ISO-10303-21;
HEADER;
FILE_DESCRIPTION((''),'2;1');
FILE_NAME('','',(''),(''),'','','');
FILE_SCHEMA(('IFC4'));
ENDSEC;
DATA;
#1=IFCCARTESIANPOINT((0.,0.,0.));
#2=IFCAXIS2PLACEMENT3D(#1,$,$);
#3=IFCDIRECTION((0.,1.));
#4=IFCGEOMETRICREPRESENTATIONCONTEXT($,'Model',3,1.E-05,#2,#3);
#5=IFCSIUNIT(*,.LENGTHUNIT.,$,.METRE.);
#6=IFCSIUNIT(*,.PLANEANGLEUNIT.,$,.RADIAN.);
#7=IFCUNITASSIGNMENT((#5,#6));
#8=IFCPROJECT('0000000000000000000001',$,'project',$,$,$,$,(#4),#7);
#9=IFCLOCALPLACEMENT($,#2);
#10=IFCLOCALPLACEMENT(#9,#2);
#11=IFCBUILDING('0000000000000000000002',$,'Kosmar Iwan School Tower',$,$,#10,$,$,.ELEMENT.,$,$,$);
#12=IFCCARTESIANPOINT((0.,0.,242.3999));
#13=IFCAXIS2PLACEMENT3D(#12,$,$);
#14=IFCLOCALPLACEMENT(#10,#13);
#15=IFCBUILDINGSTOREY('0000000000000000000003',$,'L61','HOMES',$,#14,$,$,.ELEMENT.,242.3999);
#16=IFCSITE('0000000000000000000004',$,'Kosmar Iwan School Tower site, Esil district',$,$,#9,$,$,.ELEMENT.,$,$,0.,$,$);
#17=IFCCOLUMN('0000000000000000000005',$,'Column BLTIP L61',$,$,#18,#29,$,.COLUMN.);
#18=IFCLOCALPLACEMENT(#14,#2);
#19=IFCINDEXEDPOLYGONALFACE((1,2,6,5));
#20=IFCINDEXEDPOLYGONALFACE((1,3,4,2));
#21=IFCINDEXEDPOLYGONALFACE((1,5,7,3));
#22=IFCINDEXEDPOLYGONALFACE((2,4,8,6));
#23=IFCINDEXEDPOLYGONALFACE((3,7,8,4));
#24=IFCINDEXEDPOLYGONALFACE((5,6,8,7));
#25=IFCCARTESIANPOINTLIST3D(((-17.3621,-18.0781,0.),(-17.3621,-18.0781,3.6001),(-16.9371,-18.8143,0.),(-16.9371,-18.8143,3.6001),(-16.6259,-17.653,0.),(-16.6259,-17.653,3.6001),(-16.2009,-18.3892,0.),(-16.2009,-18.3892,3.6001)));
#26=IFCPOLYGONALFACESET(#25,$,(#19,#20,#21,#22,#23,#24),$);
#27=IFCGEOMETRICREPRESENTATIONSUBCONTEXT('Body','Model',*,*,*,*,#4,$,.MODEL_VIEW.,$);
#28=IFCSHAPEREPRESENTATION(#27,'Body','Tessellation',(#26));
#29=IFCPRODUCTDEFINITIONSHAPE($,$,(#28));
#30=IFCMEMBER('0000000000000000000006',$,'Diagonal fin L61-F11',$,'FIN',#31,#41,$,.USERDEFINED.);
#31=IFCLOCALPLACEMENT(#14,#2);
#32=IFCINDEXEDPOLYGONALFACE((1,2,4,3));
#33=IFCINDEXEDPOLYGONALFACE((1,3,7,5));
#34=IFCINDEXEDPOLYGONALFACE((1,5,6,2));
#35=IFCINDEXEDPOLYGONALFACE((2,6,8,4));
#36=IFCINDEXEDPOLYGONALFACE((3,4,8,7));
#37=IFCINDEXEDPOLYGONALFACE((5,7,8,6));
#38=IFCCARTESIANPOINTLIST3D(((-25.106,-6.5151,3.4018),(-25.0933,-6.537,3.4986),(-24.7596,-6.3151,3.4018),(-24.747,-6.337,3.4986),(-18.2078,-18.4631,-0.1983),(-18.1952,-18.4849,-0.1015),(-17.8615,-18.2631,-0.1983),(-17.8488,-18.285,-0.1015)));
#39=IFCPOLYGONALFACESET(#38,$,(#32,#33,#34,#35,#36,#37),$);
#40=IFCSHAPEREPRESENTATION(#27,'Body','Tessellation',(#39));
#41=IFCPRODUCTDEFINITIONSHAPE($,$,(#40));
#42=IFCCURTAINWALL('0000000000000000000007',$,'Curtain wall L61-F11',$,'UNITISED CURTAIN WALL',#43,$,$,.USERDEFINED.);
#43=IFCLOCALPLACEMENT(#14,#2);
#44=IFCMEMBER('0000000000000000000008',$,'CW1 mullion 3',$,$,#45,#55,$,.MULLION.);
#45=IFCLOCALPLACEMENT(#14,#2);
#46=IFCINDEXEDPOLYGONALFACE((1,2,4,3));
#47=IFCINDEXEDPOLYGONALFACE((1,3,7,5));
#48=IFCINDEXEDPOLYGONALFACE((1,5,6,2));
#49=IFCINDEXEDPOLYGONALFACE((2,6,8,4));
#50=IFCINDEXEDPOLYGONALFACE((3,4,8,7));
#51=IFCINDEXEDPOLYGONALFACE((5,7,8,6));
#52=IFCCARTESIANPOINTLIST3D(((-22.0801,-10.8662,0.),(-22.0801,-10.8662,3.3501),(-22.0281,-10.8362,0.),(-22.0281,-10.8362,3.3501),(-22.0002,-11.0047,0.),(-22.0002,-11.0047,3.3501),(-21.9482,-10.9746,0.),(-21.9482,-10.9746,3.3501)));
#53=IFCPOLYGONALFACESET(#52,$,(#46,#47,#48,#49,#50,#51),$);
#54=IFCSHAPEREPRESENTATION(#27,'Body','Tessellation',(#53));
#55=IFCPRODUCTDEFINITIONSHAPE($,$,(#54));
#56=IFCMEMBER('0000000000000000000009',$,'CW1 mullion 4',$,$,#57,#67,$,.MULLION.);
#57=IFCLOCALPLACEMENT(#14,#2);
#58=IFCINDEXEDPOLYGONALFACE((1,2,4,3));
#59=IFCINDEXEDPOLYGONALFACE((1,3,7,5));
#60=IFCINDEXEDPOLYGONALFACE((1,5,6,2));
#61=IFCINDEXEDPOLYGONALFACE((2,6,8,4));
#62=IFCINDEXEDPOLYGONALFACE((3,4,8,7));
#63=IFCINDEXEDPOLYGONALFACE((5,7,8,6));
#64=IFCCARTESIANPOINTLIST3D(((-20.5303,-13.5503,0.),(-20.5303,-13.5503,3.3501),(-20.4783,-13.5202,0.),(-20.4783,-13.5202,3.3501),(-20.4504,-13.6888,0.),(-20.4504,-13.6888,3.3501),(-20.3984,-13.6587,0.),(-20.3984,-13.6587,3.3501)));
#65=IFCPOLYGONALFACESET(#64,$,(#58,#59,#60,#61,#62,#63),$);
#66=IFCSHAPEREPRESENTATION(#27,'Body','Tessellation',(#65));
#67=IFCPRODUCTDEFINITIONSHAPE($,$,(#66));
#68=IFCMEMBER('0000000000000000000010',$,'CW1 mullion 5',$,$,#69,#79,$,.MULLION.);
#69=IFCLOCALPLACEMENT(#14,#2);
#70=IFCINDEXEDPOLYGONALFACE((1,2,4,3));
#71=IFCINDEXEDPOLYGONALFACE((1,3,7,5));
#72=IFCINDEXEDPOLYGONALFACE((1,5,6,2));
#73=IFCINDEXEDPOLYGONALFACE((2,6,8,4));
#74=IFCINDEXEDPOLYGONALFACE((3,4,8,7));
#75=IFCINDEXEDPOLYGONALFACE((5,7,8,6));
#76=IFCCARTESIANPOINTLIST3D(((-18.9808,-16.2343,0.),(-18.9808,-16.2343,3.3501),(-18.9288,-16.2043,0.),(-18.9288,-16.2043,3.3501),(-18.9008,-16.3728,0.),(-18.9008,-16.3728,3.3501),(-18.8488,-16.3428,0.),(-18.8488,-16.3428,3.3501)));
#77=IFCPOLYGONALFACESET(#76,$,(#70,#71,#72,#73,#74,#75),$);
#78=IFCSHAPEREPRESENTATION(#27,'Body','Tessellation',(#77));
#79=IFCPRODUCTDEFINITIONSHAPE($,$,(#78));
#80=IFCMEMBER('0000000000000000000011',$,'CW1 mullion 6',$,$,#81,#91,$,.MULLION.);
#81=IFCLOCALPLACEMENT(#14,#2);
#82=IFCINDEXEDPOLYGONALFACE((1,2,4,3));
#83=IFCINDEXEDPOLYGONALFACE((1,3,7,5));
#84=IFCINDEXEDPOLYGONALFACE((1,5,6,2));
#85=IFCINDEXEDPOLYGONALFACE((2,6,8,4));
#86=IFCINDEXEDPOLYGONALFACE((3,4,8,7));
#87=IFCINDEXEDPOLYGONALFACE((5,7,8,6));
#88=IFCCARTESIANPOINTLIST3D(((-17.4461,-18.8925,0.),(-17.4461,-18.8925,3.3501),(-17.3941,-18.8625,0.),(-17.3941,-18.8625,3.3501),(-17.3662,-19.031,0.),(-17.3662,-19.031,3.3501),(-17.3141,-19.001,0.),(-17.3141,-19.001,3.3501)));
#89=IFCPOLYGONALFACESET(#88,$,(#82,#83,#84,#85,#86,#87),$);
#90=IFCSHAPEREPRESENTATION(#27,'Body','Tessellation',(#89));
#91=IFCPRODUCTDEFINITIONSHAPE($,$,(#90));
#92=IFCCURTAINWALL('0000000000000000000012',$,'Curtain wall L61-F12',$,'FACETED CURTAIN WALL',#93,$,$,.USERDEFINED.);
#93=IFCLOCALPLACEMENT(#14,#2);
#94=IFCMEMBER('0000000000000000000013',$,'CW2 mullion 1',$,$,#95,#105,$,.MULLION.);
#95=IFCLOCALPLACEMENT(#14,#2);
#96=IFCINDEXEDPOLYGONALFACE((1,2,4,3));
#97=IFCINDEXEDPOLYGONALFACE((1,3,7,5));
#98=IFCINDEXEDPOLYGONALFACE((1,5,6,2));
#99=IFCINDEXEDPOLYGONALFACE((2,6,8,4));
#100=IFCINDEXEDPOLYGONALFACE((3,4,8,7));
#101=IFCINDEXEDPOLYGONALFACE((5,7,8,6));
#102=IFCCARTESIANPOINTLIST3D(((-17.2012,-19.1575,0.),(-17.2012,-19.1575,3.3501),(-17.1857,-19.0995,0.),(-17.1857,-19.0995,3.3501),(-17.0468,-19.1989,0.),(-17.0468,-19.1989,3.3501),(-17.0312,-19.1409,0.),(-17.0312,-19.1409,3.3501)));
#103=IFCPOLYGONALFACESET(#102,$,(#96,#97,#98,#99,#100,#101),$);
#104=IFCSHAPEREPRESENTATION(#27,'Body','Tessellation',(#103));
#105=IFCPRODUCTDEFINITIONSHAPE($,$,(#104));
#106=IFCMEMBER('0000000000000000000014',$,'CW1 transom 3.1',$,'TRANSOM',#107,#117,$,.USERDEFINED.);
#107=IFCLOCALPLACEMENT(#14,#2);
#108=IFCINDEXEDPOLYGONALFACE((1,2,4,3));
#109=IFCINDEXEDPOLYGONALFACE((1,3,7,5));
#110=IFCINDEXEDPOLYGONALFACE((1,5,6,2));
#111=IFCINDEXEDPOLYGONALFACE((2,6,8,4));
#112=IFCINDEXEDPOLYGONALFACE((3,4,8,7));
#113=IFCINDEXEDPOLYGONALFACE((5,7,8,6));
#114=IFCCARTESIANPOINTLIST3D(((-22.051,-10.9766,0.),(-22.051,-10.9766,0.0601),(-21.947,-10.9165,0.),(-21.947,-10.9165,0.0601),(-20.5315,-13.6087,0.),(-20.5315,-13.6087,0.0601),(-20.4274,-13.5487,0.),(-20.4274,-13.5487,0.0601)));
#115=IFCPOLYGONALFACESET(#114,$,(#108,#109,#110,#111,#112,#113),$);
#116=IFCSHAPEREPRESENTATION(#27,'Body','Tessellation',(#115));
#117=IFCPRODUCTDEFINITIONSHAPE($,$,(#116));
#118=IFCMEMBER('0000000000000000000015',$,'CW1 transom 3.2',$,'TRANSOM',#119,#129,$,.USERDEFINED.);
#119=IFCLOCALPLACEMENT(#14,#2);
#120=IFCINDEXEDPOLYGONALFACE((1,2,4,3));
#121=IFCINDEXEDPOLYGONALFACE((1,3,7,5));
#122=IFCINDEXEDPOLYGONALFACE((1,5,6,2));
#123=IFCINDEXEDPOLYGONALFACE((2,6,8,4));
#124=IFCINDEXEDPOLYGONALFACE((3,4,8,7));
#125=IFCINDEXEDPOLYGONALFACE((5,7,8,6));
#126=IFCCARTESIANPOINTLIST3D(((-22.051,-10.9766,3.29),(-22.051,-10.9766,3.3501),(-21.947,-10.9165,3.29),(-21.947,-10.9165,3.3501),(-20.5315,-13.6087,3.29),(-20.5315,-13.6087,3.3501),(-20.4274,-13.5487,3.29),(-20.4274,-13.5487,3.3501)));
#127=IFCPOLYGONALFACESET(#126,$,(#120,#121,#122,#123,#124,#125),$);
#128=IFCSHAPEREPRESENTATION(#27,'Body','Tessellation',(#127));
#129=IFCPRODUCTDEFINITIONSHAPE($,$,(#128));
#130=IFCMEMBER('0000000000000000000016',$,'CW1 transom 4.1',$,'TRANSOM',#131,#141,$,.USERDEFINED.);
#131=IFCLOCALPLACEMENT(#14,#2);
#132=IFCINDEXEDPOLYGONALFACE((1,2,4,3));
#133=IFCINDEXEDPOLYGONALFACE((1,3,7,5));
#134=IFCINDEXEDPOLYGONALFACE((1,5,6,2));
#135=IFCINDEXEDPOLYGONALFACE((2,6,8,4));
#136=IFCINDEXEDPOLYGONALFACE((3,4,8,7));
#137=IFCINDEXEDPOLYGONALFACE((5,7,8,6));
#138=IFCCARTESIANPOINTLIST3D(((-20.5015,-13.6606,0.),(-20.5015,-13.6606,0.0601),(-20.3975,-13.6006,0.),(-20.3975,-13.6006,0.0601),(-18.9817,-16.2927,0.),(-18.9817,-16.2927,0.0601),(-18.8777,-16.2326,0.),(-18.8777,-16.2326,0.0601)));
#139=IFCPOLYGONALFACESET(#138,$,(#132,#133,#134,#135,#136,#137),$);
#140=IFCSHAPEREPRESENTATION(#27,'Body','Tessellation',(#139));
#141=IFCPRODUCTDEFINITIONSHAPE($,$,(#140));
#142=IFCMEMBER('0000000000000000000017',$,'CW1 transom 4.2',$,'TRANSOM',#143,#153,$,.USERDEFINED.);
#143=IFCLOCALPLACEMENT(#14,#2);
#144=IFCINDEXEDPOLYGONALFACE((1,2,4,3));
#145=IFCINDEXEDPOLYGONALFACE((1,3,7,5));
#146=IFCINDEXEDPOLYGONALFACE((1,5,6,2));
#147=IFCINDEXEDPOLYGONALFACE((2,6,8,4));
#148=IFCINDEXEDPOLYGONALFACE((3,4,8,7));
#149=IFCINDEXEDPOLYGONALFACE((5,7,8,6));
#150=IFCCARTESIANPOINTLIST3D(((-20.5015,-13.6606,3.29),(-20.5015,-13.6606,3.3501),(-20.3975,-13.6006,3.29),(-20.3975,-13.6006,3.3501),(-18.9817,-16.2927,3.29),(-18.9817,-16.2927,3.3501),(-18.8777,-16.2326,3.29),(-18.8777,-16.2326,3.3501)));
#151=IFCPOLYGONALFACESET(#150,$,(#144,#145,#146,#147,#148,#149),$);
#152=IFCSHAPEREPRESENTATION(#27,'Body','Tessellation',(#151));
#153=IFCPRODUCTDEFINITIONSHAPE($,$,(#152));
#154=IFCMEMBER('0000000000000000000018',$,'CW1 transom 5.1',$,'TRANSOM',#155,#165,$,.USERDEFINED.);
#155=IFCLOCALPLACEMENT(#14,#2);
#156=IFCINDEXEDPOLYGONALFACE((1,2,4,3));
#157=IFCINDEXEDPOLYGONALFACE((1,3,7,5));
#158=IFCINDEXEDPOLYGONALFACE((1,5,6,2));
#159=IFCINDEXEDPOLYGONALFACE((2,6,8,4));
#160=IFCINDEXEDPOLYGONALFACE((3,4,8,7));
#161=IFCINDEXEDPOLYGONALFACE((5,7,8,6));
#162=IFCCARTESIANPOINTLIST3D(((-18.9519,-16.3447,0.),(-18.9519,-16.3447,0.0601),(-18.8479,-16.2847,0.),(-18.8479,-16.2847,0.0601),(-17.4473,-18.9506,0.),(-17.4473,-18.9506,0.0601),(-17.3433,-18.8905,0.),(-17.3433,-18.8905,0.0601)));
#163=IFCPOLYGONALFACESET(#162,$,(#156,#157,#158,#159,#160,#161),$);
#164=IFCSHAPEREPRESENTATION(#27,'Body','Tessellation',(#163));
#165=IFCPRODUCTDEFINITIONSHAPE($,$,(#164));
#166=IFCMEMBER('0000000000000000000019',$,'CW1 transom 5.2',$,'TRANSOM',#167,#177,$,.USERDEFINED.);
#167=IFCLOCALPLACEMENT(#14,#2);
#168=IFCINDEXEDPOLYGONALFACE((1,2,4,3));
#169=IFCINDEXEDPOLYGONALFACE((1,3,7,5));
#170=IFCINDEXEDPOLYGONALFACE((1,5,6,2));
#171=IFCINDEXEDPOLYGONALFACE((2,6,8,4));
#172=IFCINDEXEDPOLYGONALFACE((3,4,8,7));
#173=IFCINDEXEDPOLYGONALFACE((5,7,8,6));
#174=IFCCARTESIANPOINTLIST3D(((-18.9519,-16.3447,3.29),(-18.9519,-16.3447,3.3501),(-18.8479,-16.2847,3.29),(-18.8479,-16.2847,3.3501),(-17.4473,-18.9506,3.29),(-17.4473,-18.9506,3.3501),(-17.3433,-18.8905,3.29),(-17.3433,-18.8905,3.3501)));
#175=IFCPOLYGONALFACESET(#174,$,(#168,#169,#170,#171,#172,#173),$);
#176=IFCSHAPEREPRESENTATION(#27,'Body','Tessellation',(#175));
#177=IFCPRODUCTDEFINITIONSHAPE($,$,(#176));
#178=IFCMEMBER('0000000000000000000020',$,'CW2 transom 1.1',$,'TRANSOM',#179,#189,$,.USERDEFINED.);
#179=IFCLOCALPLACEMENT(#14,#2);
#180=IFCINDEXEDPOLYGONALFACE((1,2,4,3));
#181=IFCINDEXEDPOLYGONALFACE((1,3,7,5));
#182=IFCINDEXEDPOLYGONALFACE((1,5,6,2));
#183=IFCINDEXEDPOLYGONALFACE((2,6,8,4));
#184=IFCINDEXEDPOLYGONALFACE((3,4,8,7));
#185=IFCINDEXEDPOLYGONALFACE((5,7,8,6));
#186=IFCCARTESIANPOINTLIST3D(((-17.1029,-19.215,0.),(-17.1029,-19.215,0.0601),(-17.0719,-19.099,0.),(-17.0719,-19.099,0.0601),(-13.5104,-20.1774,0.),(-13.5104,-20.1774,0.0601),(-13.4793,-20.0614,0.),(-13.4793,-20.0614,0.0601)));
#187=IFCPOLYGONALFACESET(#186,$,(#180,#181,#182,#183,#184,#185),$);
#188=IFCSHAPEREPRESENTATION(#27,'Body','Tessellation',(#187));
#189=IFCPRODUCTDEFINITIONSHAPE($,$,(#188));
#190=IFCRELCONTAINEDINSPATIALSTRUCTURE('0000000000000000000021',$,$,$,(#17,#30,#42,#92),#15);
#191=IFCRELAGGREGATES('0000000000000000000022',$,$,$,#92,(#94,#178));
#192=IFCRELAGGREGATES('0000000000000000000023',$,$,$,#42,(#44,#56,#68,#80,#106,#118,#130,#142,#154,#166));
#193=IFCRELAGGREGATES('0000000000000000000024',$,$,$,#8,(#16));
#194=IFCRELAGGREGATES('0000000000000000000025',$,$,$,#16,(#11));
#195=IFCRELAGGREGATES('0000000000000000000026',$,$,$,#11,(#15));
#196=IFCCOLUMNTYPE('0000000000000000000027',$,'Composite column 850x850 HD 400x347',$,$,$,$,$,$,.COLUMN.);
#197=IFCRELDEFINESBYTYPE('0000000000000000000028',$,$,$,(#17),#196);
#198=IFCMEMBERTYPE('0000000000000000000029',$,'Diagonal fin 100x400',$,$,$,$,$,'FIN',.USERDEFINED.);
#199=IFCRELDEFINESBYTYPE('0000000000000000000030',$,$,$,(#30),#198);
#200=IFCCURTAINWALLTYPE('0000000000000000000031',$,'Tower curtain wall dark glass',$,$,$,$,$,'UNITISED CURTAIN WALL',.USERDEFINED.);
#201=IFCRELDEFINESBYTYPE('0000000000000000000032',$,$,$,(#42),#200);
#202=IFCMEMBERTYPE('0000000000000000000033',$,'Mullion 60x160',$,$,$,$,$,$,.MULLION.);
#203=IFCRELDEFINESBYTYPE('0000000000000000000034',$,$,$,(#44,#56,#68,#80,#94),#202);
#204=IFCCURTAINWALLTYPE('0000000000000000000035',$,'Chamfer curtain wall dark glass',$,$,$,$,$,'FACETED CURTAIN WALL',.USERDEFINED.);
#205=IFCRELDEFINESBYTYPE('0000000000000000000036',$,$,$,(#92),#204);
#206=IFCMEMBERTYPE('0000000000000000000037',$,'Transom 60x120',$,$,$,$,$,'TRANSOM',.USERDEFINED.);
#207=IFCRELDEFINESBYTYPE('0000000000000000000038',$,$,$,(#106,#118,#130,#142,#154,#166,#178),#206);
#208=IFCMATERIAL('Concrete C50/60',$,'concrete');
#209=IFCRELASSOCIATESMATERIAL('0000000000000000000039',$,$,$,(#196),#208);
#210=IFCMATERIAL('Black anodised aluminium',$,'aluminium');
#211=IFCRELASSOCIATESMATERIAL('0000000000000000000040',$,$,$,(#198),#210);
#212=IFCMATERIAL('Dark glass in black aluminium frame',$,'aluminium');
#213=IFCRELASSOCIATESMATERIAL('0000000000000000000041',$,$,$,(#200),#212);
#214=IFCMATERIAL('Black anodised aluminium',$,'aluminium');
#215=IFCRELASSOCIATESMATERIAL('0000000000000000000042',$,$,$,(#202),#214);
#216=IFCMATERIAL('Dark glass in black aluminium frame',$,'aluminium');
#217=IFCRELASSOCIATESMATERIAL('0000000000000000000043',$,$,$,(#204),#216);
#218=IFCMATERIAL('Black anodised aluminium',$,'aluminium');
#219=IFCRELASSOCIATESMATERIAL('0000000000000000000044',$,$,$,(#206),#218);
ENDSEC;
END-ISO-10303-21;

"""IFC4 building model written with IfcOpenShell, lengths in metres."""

from ifc_helpers import new_model, si_unit, direction, frame, origin, origin_2d, place, context, subcontext, project, spatial, rectangle, extrude, material, material_profile, profile_set, type_object, element, aggregate, save


model = new_model("IFC4")

# Units and contexts
model_context = context("Model", 3, precision=1e-05, world=origin(), true_north=direction((0.0, 1.0)))
body_context = subcontext(model_context, "Body", "Model", "MODEL_VIEW")
ifc_project = project(units=[si_unit("LENGTHUNIT", "METRE"), si_unit("PLANEANGLEUNIT", "RADIAN")], contexts=[model_context])

# Site, building, storey
site_placement = place(None, origin())
site = spatial("IfcSite", under=ifc_project, at=site_placement, Name="Kosmar Iwan School Tower site, Esil district", CompositionType="ELEMENT", RefElevation=0.0)
building_placement = place(site_placement, origin())
building = spatial("IfcBuilding", under=site, at=building_placement, Name="Kosmar Iwan School Tower", CompositionType="ELEMENT")
storey_placement = place(building_placement, frame((0.0, 0.0, 242.3999)))
storey = spatial("IfcBuildingStorey", under=building, at=storey_placement, Name="L61", Description="HOMES", CompositionType="ELEMENT", Elevation=242.3999)

# Column
ifc_material_1 = material(Name="Concrete C50/60", Category="concrete")
ifc_material_profile_1 = material_profile(ifc_material_1, rectangle(XDim=0.8501, YDim=0.8501, at=origin_2d()), Name="RC 850x850 + HD 400x347")
ifc_profile_set_1 = profile_set([ifc_material_profile_1], Name="Concrete C50/60")
column_type = type_object("IfcColumnType", Name="Composite column 850x850 HD 400x347", PredefinedType="COLUMN", material=ifc_profile_set_1)
column_placement = place(storey_placement, frame((-16.7815, -18.2336, 0.0), z_axis=(0.0, 0.0, 1.0), x_axis=(-0.866025, -0.5, 0.0)))
element("IfcColumn", 1, at=column_placement, inside=storey, type_object=column_type, Name="Column BLTIP L61", PredefinedType="COLUMN", context=body_context, shape_type="SweptSolid", body=[
    extrude(rectangle(XDim=0.8501, YDim=0.8501, at=origin_2d()), origin(), (0.0, 0.0, 1.0), 3.6001),
])

# Member
ifc_material_2 = material(Name="Black anodised aluminium", Category="aluminium")
ifc_material_profile_2 = material_profile(ifc_material_2, rectangle(XDim=0.1001, YDim=0.3999, at=origin_2d()), Name="FIN 100x400")
ifc_profile_set_2 = profile_set([ifc_material_profile_2], Name="Black anodised aluminium")
member_type_1 = type_object("IfcMemberType", Name="Diagonal fin 100x400", ElementType="FIN", PredefinedType="USERDEFINED", material=ifc_profile_set_2)
member_1_placement = place(storey_placement, frame((-18.0283, -18.374, -0.1499), z_axis=(-0.4838, 0.837965, 0.252491), x_axis=(0.126245, -0.218663, 0.967599)))
element("IfcMember", 2, at=member_1_placement, inside=storey, type_object=member_type_1, Name="Diagonal fin L61-F11", ObjectType="FIN", PredefinedType="USERDEFINED", context=body_context, shape_type="SweptSolid", body=[
    extrude(rectangle(XDim=0.1001, YDim=0.3999, at=origin_2d()), origin(), (0.0, 0.0, 1.0), 14.2583),
])

# Curtain wall, members
ifc_material_3 = material(Name="Dark glass in black aluminium frame", Category="aluminium")
curtain_wall_type_1 = type_object("IfcCurtainWallType", Name="Tower curtain wall dark glass", ElementType="UNITISED CURTAIN WALL", PredefinedType="USERDEFINED", material=ifc_material_3)
curtain_wall_1_placement = place(storey_placement, origin())
curtain_wall_1 = element("IfcCurtainWall", 3, at=curtain_wall_1_placement, inside=storey, type_object=curtain_wall_type_1, Name="Curtain wall L61-F11", ObjectType="UNITISED CURTAIN WALL", PredefinedType="USERDEFINED")
ifc_material_4 = material(Name="Black anodised aluminium", Category="aluminium")
ifc_material_profile_3 = material_profile(ifc_material_4, rectangle(XDim=0.0601, YDim=0.1599, at=origin_2d()), Name="MULLION 60x160")
ifc_profile_set_3 = profile_set([ifc_material_profile_3], Name="Black anodised aluminium")
member_type_2 = type_object("IfcMemberType", Name="Mullion 60x160", PredefinedType="MULLION", material=ifc_profile_set_3)
member_2_placement = place(storey_placement, frame((-22.0142, -10.9204, 0.0), z_axis=(0.0, 0.0, 1.0), x_axis=(0.866025, 0.5, 0.0)))
member_2 = element("IfcMember", 4, at=member_2_placement, type_object=member_type_2, Name="CW1 mullion 3", PredefinedType="MULLION", context=body_context, shape_type="SweptSolid", body=[
    extrude(rectangle(XDim=0.0601, YDim=0.1599, at=origin_2d()), origin(), (0.0, 0.0, 1.0), 3.3501),
])
member_3_placement = place(storey_placement, frame((-20.4644, -13.6045, 0.0), z_axis=(0.0, 0.0, 1.0), x_axis=(0.866025, 0.5, 0.0)))
member_3 = element("IfcMember", 5, at=member_3_placement, type_object=member_type_2, Name="CW1 mullion 4", PredefinedType="MULLION", context=body_context, shape_type="SweptSolid", body=[
    extrude(rectangle(XDim=0.0601, YDim=0.1599, at=origin_2d()), origin(), (0.0, 0.0, 1.0), 3.3501),
])
member_4_placement = place(storey_placement, frame((-18.9148, -16.2886, 0.0), z_axis=(0.0, 0.0, 1.0), x_axis=(0.866025, 0.5, 0.0)))
member_4 = element("IfcMember", 6, at=member_4_placement, type_object=member_type_2, Name="CW1 mullion 5", PredefinedType="MULLION", context=body_context, shape_type="SweptSolid", body=[
    extrude(rectangle(XDim=0.0601, YDim=0.1599, at=origin_2d()), origin(), (0.0, 0.0, 1.0), 3.3501),
])
member_5_placement = place(storey_placement, frame((-17.3801, -18.9468, 0.0), z_axis=(0.0, 0.0, 1.0), x_axis=(0.866025, 0.5, 0.0)))
member_5 = element("IfcMember", 7, at=member_5_placement, type_object=member_type_2, Name="CW1 mullion 6", PredefinedType="MULLION", context=body_context, shape_type="SweptSolid", body=[
    extrude(rectangle(XDim=0.0601, YDim=0.1599, at=origin_2d()), origin(), (0.0, 0.0, 1.0), 3.3501),
])

# Curtain wall, member
ifc_material_5 = material(Name="Dark glass in black aluminium frame", Category="aluminium")
curtain_wall_type_2 = type_object("IfcCurtainWallType", Name="Chamfer curtain wall dark glass", ElementType="FACETED CURTAIN WALL", PredefinedType="USERDEFINED", material=ifc_material_5)
curtain_wall_2_placement = place(storey_placement, origin())
curtain_wall_2 = element("IfcCurtainWall", 8, at=curtain_wall_2_placement, inside=storey, type_object=curtain_wall_type_2, Name="Curtain wall L61-F12", ObjectType="FACETED CURTAIN WALL", PredefinedType="USERDEFINED")
member_6_placement = place(storey_placement, frame((-17.1162, -19.1492, 0.0), z_axis=(0.0, 0.0, 1.0), x_axis=(0.258819, 0.965926, 0.0)))
member_6 = element("IfcMember", 9, at=member_6_placement, type_object=member_type_2, Name="CW2 mullion 1", PredefinedType="MULLION", context=body_context, shape_type="SweptSolid", body=[
    extrude(rectangle(XDim=0.0601, YDim=0.1599, at=origin_2d()), origin(), (0.0, 0.0, 1.0), 3.3501),
])

# Members
ifc_material_6 = material(Name="Black anodised aluminium", Category="aluminium")
ifc_material_profile_4 = material_profile(ifc_material_6, rectangle(XDim=0.1201, YDim=0.0601, at=origin_2d()), Name="TRANSOM 60x120")
ifc_profile_set_4 = profile_set([ifc_material_profile_4], Name="Black anodised aluminium")
member_type_3 = type_object("IfcMemberType", Name="Transom 60x120", ElementType="TRANSOM", PredefinedType="USERDEFINED", material=ifc_profile_set_4)
member_7_placement = place(storey_placement, frame((-21.999, -10.9465, 0.03), z_axis=(0.499975, -0.86604, 0.0), x_axis=(0.86604, 0.499975, 0.0)))
member_7 = element("IfcMember", 10, at=member_7_placement, type_object=member_type_3, Name="CW1 transom 3.1", ObjectType="TRANSOM", PredefinedType="USERDEFINED", context=body_context, shape_type="SweptSolid", body=[
    extrude(rectangle(XDim=0.1201, YDim=0.0601, at=origin_2d()), origin(), (0.0, 0.0, 1.0), 3.0393),
])
member_8_placement = place(storey_placement, frame((-21.999, -10.9465, 3.3201), z_axis=(0.499975, -0.86604, 0.0), x_axis=(0.86604, 0.499975, 0.0)))
member_8 = element("IfcMember", 11, at=member_8_placement, type_object=member_type_3, Name="CW1 transom 3.2", ObjectType="TRANSOM", PredefinedType="USERDEFINED", context=body_context, shape_type="SweptSolid", body=[
    extrude(rectangle(XDim=0.1201, YDim=0.0601, at=origin_2d()), origin(), (0.0, 0.0, 1.0), 3.0393),
])
member_9_placement = place(storey_placement, frame((-20.4495, -13.6306, 0.03), z_axis=(0.500035, -0.866005, 0.0), x_axis=(0.866005, 0.500035, 0.0)))
member_9 = element("IfcMember", 12, at=member_9_placement, type_object=member_type_3, Name="CW1 transom 4.1", ObjectType="TRANSOM", PredefinedType="USERDEFINED", context=body_context, shape_type="SweptSolid", body=[
    extrude(rectangle(XDim=0.1201, YDim=0.0601, at=origin_2d()), origin(), (0.0, 0.0, 1.0), 3.0393),
])
member_10_placement = place(storey_placement, frame((-20.4495, -13.6306, 3.3201), z_axis=(0.500035, -0.866005, 0.0), x_axis=(0.866005, 0.500035, 0.0)))
member_10 = element("IfcMember", 13, at=member_10_placement, type_object=member_type_3, Name="CW1 transom 4.2", ObjectType="TRANSOM", PredefinedType="USERDEFINED", context=body_context, shape_type="SweptSolid", body=[
    extrude(rectangle(XDim=0.1201, YDim=0.0601, at=origin_2d()), origin(), (0.0, 0.0, 1.0), 3.0393),
])
member_11_placement = place(storey_placement, frame((-18.8999, -16.3147, 0.03), z_axis=(0.500022, -0.866013, 0.0), x_axis=(0.866013, 0.500022, 0.0)))
member_11 = element("IfcMember", 14, at=member_11_placement, type_object=member_type_3, Name="CW1 transom 5.1", ObjectType="TRANSOM", PredefinedType="USERDEFINED", context=body_context, shape_type="SweptSolid", body=[
    extrude(rectangle(XDim=0.1201, YDim=0.0601, at=origin_2d()), origin(), (0.0, 0.0, 1.0), 3.009),
])
member_12_placement = place(storey_placement, frame((-18.8999, -16.3147, 3.3201), z_axis=(0.500022, -0.866013, 0.0), x_axis=(0.866013, 0.500022, 0.0)))
member_12 = element("IfcMember", 15, at=member_12_placement, type_object=member_type_3, Name="CW1 transom 5.2", ObjectType="TRANSOM", PredefinedType="USERDEFINED", context=body_context, shape_type="SweptSolid", body=[
    extrude(rectangle(XDim=0.1201, YDim=0.0601, at=origin_2d()), origin(), (0.0, 0.0, 1.0), 3.009),
])
member_13_placement = place(storey_placement, frame((-17.0874, -19.157, 0.03), z_axis=(0.96594, -0.258766, 0.0), x_axis=(0.258766, 0.96594, 0.0)))
member_13 = element("IfcMember", 16, at=member_13_placement, type_object=member_type_3, Name="CW2 transom 1.1", ObjectType="TRANSOM", PredefinedType="USERDEFINED", context=body_context, shape_type="SweptSolid", body=[
    extrude(rectangle(XDim=0.1201, YDim=0.0601, at=origin_2d()), origin(), (0.0, 0.0, 1.0), 3.7192),
])
aggregate(curtain_wall_2, [member_6, member_13])

aggregate(curtain_wall_1, [member_2, member_3, member_4, member_5, member_7, member_8, member_9, member_10, member_11, member_12])

save(model, "model.ifc")
